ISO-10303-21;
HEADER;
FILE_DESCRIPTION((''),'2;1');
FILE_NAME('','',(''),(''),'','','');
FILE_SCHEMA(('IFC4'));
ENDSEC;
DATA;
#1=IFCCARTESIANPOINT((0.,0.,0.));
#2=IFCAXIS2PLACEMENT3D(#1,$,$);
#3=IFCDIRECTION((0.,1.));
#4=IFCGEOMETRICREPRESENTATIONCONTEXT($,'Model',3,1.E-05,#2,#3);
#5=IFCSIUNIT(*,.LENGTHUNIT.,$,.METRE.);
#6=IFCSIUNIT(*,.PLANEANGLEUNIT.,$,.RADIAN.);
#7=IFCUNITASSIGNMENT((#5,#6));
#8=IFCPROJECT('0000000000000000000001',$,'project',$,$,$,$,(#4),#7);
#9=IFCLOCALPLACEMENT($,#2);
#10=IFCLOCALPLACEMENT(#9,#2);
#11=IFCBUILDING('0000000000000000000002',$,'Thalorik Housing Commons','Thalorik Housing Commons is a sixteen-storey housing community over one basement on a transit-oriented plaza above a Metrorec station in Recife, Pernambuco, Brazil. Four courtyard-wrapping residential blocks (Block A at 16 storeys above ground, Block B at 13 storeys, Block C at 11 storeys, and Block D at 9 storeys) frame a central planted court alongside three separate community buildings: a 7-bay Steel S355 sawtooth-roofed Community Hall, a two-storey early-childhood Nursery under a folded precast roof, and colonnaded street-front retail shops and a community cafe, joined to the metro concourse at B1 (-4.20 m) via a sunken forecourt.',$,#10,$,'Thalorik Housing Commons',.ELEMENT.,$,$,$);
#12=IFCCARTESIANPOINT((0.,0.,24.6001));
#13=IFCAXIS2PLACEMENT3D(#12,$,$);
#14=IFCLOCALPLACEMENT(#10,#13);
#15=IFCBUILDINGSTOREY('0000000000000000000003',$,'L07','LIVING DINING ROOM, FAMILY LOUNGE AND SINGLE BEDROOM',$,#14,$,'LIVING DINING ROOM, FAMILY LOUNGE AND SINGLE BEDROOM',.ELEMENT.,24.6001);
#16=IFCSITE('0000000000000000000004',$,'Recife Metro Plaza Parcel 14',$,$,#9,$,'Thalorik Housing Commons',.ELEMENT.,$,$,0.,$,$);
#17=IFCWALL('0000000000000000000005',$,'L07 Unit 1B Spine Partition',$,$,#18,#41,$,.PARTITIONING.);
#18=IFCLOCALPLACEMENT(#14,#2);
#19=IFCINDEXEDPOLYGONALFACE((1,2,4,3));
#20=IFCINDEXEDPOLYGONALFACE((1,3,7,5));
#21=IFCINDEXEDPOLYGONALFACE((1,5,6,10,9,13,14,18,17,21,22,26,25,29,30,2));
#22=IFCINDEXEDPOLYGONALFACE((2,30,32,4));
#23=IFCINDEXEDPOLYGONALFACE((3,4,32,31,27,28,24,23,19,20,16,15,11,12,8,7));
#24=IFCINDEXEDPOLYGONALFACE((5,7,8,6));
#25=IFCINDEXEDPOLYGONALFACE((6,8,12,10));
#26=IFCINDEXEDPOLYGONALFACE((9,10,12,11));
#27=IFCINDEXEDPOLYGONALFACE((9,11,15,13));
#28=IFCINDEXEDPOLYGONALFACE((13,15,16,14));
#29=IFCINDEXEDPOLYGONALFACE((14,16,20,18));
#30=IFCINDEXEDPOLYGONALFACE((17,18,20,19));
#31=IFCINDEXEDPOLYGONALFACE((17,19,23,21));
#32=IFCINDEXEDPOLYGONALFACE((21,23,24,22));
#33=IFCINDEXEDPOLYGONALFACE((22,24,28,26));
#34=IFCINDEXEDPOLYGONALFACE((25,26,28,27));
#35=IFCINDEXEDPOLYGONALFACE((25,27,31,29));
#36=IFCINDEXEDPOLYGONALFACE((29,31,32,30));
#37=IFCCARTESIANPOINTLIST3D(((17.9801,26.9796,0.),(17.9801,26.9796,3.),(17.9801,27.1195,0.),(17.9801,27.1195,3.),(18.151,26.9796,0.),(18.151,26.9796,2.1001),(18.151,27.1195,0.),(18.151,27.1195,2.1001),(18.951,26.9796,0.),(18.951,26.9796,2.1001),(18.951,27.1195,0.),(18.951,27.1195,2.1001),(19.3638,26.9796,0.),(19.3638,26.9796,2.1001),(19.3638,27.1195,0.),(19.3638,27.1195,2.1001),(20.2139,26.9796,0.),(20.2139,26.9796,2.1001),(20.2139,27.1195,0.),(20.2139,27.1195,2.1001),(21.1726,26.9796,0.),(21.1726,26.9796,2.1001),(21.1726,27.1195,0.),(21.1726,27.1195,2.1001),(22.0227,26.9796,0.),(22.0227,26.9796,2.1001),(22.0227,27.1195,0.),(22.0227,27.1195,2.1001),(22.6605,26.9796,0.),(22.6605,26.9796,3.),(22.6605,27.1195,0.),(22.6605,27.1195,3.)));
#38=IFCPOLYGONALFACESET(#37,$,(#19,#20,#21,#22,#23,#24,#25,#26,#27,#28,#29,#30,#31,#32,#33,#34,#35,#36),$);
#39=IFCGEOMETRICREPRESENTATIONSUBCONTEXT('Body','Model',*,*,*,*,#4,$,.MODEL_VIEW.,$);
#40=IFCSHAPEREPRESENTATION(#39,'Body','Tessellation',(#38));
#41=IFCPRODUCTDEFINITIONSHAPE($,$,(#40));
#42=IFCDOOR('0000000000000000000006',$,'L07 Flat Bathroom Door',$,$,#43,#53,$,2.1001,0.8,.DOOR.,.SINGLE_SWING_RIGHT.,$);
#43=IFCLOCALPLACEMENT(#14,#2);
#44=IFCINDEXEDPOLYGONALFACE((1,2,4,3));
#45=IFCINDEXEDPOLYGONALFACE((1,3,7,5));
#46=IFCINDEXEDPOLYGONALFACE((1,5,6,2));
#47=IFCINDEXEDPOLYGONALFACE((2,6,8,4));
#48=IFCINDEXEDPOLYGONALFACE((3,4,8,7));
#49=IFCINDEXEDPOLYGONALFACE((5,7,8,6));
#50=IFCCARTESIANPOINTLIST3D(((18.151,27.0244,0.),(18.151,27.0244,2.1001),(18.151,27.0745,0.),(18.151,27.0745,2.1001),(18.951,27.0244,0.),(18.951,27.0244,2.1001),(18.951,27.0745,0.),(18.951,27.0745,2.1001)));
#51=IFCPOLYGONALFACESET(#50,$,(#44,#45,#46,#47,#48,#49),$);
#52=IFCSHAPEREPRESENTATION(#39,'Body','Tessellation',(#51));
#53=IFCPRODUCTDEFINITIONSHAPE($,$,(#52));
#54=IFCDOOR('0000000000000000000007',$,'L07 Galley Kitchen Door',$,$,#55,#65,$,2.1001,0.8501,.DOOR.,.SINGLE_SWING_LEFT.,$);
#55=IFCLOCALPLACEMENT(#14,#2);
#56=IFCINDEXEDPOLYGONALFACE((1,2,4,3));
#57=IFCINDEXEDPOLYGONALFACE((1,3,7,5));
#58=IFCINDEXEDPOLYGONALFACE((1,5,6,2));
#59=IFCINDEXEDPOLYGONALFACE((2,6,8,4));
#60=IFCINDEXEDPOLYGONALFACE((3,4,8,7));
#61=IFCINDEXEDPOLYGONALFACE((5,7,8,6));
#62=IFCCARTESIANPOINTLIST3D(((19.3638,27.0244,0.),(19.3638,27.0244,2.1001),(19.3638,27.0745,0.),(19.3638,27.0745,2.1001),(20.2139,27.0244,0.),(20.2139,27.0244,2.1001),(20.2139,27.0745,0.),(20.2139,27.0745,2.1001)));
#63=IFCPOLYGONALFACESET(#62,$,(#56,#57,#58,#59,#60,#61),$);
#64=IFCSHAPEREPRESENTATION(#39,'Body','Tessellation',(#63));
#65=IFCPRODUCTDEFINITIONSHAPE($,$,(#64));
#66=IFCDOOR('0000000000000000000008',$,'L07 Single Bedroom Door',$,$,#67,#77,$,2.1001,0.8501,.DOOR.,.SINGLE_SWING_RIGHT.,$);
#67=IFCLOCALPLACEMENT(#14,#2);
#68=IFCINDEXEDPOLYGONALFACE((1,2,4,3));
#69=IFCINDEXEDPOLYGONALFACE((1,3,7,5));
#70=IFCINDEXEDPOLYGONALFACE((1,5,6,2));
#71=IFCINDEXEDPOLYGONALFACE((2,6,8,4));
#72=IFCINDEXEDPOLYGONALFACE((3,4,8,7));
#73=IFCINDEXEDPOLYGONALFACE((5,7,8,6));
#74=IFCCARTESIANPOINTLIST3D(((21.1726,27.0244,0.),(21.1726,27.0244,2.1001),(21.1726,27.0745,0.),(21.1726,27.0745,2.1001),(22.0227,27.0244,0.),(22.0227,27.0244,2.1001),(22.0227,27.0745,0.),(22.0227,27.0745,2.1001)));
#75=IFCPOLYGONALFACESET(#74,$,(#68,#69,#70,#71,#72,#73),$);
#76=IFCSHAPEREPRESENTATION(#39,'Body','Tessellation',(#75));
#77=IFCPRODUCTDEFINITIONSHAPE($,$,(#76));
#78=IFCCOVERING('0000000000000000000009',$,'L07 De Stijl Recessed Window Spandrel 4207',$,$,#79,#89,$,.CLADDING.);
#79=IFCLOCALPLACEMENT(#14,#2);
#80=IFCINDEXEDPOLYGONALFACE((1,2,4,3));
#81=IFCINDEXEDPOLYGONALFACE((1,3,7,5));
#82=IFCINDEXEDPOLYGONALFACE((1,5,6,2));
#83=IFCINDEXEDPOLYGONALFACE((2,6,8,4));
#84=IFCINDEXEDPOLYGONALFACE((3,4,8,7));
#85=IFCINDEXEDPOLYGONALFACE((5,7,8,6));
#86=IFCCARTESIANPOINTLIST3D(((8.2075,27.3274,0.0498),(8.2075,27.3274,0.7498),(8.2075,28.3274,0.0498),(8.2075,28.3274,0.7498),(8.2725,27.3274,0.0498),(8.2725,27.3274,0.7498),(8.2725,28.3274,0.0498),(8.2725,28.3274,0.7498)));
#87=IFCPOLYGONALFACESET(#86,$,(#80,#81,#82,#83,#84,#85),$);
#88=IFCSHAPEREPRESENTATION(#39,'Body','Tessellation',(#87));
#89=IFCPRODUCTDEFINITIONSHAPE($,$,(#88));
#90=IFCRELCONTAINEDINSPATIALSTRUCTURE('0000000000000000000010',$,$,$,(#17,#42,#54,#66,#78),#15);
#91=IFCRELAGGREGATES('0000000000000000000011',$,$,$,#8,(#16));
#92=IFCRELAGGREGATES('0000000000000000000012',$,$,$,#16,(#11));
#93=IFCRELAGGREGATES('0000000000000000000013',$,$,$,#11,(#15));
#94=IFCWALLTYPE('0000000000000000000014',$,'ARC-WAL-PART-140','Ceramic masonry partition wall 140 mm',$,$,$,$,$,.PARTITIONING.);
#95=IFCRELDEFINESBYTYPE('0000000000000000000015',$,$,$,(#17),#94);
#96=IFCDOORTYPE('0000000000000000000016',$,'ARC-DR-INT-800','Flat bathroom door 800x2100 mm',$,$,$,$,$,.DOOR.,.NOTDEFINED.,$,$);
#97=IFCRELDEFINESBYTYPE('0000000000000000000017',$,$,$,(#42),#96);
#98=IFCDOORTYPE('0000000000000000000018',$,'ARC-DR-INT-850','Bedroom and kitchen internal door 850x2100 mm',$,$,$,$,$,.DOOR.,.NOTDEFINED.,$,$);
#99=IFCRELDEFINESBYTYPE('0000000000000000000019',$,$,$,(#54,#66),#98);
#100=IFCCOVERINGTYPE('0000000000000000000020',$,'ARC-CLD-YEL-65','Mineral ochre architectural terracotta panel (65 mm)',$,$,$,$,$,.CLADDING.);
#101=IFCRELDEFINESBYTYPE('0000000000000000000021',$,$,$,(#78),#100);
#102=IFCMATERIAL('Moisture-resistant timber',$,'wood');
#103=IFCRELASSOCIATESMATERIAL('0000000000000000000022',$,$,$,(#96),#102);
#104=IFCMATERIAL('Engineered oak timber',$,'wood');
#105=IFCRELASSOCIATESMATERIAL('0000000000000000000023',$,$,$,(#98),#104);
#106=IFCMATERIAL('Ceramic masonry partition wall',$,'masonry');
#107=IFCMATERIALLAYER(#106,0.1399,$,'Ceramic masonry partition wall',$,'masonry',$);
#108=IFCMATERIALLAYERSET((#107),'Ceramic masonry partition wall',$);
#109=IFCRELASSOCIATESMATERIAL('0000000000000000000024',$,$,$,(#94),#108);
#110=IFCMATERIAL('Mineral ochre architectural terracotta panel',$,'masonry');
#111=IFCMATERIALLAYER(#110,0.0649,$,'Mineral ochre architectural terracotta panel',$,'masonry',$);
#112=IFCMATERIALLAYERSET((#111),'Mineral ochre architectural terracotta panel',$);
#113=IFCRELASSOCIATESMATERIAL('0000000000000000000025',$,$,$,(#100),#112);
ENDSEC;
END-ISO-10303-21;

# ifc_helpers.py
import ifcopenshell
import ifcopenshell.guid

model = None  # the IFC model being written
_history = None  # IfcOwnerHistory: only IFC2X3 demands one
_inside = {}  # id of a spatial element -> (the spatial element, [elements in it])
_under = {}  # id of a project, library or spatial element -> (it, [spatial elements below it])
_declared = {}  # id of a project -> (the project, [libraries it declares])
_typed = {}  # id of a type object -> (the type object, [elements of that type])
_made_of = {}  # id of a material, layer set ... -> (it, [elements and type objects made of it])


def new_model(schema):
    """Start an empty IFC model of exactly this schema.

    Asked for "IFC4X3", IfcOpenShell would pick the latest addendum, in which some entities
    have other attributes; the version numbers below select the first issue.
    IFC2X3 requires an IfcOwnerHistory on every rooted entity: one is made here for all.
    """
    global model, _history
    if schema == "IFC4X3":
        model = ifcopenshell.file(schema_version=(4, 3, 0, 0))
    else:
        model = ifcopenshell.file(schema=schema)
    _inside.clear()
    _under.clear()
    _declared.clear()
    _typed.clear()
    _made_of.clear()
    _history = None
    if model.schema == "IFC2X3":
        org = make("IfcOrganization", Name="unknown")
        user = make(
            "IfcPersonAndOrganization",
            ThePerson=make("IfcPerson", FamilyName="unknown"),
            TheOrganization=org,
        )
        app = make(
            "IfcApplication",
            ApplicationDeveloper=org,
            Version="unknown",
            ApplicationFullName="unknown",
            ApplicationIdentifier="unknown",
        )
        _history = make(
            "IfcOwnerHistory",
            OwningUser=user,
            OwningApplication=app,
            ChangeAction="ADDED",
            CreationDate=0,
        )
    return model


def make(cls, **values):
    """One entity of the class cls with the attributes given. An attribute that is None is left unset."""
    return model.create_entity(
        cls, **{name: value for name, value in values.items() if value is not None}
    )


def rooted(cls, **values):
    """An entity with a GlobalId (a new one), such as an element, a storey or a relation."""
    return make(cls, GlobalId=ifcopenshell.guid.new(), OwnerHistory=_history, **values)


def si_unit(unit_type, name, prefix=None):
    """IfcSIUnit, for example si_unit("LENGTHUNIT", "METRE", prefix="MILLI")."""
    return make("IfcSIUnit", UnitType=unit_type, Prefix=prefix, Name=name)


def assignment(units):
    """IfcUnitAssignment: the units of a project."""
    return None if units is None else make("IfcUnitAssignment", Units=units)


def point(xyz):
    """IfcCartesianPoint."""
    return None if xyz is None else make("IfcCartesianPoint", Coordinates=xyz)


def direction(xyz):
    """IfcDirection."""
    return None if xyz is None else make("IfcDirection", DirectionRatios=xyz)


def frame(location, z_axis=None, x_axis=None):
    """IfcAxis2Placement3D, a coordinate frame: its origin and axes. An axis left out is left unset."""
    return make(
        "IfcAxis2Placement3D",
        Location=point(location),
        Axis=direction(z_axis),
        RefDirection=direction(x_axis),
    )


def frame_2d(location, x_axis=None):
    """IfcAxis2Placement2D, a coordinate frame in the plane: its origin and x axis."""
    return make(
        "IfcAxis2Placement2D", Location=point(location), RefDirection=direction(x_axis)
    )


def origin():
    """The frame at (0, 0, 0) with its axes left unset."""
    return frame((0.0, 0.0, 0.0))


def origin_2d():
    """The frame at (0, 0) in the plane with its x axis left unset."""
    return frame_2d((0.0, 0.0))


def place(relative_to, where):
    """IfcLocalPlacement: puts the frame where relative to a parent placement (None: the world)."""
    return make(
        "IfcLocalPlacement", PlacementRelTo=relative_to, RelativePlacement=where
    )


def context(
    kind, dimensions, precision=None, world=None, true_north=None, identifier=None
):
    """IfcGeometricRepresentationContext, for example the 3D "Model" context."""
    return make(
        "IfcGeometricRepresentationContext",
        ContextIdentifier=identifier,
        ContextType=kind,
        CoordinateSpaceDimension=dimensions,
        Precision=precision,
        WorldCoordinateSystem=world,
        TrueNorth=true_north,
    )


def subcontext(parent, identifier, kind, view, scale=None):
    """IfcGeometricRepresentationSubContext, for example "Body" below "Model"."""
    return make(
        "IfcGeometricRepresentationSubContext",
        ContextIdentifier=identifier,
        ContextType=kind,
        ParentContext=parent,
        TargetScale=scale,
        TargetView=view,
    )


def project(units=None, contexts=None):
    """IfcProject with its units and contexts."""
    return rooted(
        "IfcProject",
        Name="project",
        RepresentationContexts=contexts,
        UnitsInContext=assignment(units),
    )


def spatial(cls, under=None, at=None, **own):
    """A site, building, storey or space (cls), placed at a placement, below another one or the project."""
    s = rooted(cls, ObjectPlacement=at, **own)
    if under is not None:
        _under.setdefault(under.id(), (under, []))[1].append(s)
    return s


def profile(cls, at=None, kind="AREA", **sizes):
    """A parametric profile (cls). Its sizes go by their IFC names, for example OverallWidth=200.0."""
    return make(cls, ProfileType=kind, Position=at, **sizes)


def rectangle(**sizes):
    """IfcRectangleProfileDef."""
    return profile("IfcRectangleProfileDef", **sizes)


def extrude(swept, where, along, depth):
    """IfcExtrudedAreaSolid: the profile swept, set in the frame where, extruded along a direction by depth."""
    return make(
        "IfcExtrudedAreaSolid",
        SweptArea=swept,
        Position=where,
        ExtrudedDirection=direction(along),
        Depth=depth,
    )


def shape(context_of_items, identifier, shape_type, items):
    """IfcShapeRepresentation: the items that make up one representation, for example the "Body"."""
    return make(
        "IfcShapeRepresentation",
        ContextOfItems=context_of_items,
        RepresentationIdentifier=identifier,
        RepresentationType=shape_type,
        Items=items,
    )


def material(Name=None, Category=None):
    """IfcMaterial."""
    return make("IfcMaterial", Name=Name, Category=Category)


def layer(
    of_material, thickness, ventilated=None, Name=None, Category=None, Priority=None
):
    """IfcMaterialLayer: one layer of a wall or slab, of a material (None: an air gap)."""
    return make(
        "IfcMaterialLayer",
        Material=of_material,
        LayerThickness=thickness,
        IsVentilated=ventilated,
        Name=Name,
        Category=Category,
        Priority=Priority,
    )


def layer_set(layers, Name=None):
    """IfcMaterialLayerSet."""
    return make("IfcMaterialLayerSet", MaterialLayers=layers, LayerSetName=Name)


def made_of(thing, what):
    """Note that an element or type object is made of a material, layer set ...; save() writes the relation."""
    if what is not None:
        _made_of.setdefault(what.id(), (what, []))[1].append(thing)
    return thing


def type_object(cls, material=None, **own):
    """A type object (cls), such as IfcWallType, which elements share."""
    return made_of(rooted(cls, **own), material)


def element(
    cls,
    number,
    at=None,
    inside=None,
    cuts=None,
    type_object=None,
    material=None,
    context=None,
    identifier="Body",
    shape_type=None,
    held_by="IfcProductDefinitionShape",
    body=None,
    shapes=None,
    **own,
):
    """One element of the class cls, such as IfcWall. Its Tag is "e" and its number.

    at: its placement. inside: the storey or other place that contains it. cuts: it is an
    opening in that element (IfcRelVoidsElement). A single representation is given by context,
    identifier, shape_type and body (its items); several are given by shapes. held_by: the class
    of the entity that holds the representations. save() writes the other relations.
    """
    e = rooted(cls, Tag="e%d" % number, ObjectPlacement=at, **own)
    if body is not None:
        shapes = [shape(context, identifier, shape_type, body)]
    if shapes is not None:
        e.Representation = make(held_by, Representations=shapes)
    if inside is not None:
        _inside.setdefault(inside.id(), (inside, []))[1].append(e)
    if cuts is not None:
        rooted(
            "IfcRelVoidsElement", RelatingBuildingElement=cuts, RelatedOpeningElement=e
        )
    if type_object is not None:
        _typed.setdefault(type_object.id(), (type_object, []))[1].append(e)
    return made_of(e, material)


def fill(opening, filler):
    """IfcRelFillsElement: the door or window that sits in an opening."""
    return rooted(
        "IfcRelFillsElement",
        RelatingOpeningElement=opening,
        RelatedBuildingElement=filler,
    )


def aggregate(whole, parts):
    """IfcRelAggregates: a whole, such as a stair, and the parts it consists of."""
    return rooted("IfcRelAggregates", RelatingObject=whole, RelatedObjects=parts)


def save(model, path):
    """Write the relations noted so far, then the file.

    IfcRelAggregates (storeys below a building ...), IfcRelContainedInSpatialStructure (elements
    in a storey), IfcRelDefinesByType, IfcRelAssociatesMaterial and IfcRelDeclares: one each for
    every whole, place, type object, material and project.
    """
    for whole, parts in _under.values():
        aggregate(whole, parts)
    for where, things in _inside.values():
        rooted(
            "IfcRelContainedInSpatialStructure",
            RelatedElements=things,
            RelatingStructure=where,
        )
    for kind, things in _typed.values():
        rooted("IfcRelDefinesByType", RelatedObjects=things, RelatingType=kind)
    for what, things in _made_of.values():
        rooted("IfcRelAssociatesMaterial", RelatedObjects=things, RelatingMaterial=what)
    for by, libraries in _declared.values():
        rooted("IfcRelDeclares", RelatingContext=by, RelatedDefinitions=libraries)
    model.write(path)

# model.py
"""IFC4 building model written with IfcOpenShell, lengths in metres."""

from ifc_helpers import new_model, si_unit, direction, frame, frame_2d, origin, origin_2d, place, context, subcontext, project, spatial, rectangle, extrude, material, layer, layer_set, type_object, element, fill, save


model = new_model("IFC4")

# Units and contexts
model_context = context("Model", 3, precision=1e-05, world=origin(), true_north=direction((0.0, 1.0)))
body_context = subcontext(model_context, "Body", "Model", "MODEL_VIEW")
ifc_project = project(units=[si_unit("LENGTHUNIT", "METRE"), si_unit("PLANEANGLEUNIT", "RADIAN")], contexts=[model_context])

# Site, building, storey
site_placement = place(None, origin())
site = spatial("IfcSite", under=ifc_project, at=site_placement, Name="Recife Metro Plaza Parcel 14", LongName="Thalorik Housing Commons", CompositionType="ELEMENT", RefElevation=0.0)
building_placement = place(site_placement, origin())
building = spatial("IfcBuilding", under=site, at=building_placement, Name="Thalorik Housing Commons", Description="Thalorik Housing Commons is a sixteen-storey housing community over one basement on a transit-oriented plaza above a Metrorec station in Recife, Pernambuco, Brazil. Four courtyard-wrapping residential blocks (Block A at 16 storeys above ground, Block B at 13 storeys, Block C at 11 storeys, and Block D at 9 storeys) frame a central planted court alongside three separate community buildings: a 7-bay Steel S355 sawtooth-roofed Community Hall, a two-storey early-childhood Nursery under a folded precast roof, and colonnaded street-front retail shops and a community cafe, joined to the metro concourse at B1 (-4.20 m) via a sunken forecourt.", LongName="Thalorik Housing Commons", CompositionType="ELEMENT")
storey_placement = place(building_placement, frame((0.0, 0.0, 24.6001)))
storey = spatial("IfcBuildingStorey", under=building, at=storey_placement, Name="L07", Description="LIVING DINING ROOM, FAMILY LOUNGE AND SINGLE BEDROOM", LongName="LIVING DINING ROOM, FAMILY LOUNGE AND SINGLE BEDROOM", CompositionType="ELEMENT", Elevation=24.6001)

# Wall, openings, doors
ifc_material_1 = material(Name="Moisture-resistant timber", Category="wood")
door_type_1 = type_object("IfcDoorType", Name="ARC-DR-INT-800", Description="Flat bathroom door 800x2100 mm", OperationType="NOTDEFINED", PredefinedType="DOOR", material=ifc_material_1)
ifc_material_2 = material(Name="Engineered oak timber", Category="wood")
door_type_2 = type_object("IfcDoorType", Name="ARC-DR-INT-850", Description="Bedroom and kitchen internal door 850x2100 mm", OperationType="NOTDEFINED", PredefinedType="DOOR", material=ifc_material_2)
ifc_material_3 = material(Name="Ceramic masonry partition wall", Category="masonry")
ifc_layer_1 = layer(ifc_material_3, 0.1399, Name="Ceramic masonry partition wall", Category="masonry")
ifc_layer_set_1 = layer_set([ifc_layer_1], Name="Ceramic masonry partition wall")
wall_type_1 = type_object("IfcWallType", Name="ARC-WAL-PART-140", Description="Ceramic masonry partition wall 140 mm", PredefinedType="PARTITIONING", material=ifc_layer_set_1)
wall_1_placement = place(storey_placement, frame((17.98, 27.0496, 0.0), z_axis=(0.0, 0.0, 1.0), x_axis=(1.0, 0.0, 0.0)))
wall_1 = element("IfcWall", 1, at=wall_1_placement, inside=storey, type_object=wall_type_1, Name="L07 Unit 1B Spine Partition", PredefinedType="PARTITIONING", context=body_context, shape_type="SweptSolid", body=[
    extrude(rectangle(XDim=4.6804, YDim=0.1399, at=frame_2d((2.3403, 0.0))), origin(), (0.0, 0.0, 1.0), 3.0),
])
opening_1_placement = place(wall_1_placement, frame((0.1711, 0.0, 0.0)))
opening_1 = element("IfcOpeningElement", 2, at=opening_1_placement, cuts=wall_1, PredefinedType="OPENING", context=body_context, shape_type="SweptSolid", body=[
    extrude(rectangle(XDim=0.8, YDim=2.1001, at=frame_2d((0.3999, 1.05))), frame((0.0, 0.0801, 0.0), z_axis=(0.0, -1.0, 0.0), x_axis=(1.0, 0.0, 0.0)), (0.0, 0.0, 1.0), 0.1599),
])
opening_2_placement = place(wall_1_placement, frame((1.3838, 0.0, 0.0)))
opening_2 = element("IfcOpeningElement", 3, at=opening_2_placement, cuts=wall_1, PredefinedType="OPENING", context=body_context, shape_type="SweptSolid", body=[
    extrude(rectangle(XDim=0.8501, YDim=2.1001, at=frame_2d((0.425, 1.05))), frame((0.0, 0.0801, 0.0), z_axis=(0.0, -1.0, 0.0), x_axis=(1.0, 0.0, 0.0)), (0.0, 0.0, 1.0), 0.1599),
])
opening_3_placement = place(wall_1_placement, frame((3.1926, 0.0, 0.0)))
opening_3 = element("IfcOpeningElement", 4, at=opening_3_placement, cuts=wall_1, PredefinedType="OPENING", context=body_context, shape_type="SweptSolid", body=[
    extrude(rectangle(XDim=0.8501, YDim=2.1001, at=frame_2d((0.425, 1.05))), frame((0.0, 0.0801, 0.0), z_axis=(0.0, -1.0, 0.0), x_axis=(1.0, 0.0, 0.0)), (0.0, 0.0, 1.0), 0.1599),
])
door_1_placement = place(opening_1_placement, origin())
door_1 = element("IfcDoor", 5, at=door_1_placement, inside=storey, type_object=door_type_1, Name="L07 Flat Bathroom Door", OperationType="SINGLE_SWING_RIGHT", OverallHeight=2.1001, OverallWidth=0.8, PredefinedType="DOOR", context=body_context, shape_type="SweptSolid", body=[
    extrude(rectangle(XDim=0.8, YDim=2.1001, at=frame_2d((0.3999, 1.05))), frame((0.0, 0.0249, 0.0), z_axis=(0.0, -1.0, 0.0), x_axis=(1.0, 0.0, 0.0)), (0.0, 0.0, 1.0), 0.05),
])
fill(opening_1, door_1)
door_2_placement = place(opening_2_placement, origin())
door_2 = element("IfcDoor", 6, at=door_2_placement, inside=storey, type_object=door_type_2, Name="L07 Galley Kitchen Door", OperationType="SINGLE_SWING_LEFT", OverallHeight=2.1001, OverallWidth=0.8501, PredefinedType="DOOR", context=body_context, shape_type="SweptSolid", body=[
    extrude(rectangle(XDim=0.8501, YDim=2.1001, at=frame_2d((0.425, 1.05))), frame((0.0, 0.0249, 0.0), z_axis=(0.0, -1.0, 0.0), x_axis=(1.0, 0.0, 0.0)), (0.0, 0.0, 1.0), 0.05),
])
fill(opening_2, door_2)
door_3_placement = place(opening_3_placement, origin())
door_3 = element("IfcDoor", 7, at=door_3_placement, inside=storey, type_object=door_type_2, Name="L07 Single Bedroom Door", OperationType="SINGLE_SWING_RIGHT", OverallHeight=2.1001, OverallWidth=0.8501, PredefinedType="DOOR", context=body_context, shape_type="SweptSolid", body=[
    extrude(rectangle(XDim=0.8501, YDim=2.1001, at=frame_2d((0.425, 1.05))), frame((0.0, 0.0249, 0.0), z_axis=(0.0, -1.0, 0.0), x_axis=(1.0, 0.0, 0.0)), (0.0, 0.0, 1.0), 0.05),
])
fill(opening_3, door_3)

# Covering
ifc_material_4 = material(Name="Mineral ochre architectural terracotta panel", Category="masonry")
ifc_layer_2 = layer(ifc_material_4, 0.0649, Name="Mineral ochre architectural terracotta panel", Category="masonry")
ifc_layer_set_2 = layer_set([ifc_layer_2], Name="Mineral ochre architectural terracotta panel")
covering_type_1 = type_object("IfcCoveringType", Name="ARC-CLD-YEL-65", Description="Mineral ochre architectural terracotta panel (65 mm)", PredefinedType="CLADDING", material=ifc_layer_set_2)
covering_1_placement = place(storey_placement, frame((8.24, 27.8274, 0.0498), z_axis=(0.0, 0.0, 1.0), x_axis=(0.0, -1.0, 0.0)))
element("IfcCovering", 8, at=covering_1_placement, inside=storey, type_object=covering_type_1, Name="L07 De Stijl Recessed Window Spandrel 4207", PredefinedType="CLADDING", context=body_context, shape_type="SweptSolid", body=[
    extrude(rectangle(XDim=1.0, YDim=0.0649, at=origin_2d()), origin(), (0.0, 0.0, 1.0), 0.7),
])

save(model, "model.ifc")
